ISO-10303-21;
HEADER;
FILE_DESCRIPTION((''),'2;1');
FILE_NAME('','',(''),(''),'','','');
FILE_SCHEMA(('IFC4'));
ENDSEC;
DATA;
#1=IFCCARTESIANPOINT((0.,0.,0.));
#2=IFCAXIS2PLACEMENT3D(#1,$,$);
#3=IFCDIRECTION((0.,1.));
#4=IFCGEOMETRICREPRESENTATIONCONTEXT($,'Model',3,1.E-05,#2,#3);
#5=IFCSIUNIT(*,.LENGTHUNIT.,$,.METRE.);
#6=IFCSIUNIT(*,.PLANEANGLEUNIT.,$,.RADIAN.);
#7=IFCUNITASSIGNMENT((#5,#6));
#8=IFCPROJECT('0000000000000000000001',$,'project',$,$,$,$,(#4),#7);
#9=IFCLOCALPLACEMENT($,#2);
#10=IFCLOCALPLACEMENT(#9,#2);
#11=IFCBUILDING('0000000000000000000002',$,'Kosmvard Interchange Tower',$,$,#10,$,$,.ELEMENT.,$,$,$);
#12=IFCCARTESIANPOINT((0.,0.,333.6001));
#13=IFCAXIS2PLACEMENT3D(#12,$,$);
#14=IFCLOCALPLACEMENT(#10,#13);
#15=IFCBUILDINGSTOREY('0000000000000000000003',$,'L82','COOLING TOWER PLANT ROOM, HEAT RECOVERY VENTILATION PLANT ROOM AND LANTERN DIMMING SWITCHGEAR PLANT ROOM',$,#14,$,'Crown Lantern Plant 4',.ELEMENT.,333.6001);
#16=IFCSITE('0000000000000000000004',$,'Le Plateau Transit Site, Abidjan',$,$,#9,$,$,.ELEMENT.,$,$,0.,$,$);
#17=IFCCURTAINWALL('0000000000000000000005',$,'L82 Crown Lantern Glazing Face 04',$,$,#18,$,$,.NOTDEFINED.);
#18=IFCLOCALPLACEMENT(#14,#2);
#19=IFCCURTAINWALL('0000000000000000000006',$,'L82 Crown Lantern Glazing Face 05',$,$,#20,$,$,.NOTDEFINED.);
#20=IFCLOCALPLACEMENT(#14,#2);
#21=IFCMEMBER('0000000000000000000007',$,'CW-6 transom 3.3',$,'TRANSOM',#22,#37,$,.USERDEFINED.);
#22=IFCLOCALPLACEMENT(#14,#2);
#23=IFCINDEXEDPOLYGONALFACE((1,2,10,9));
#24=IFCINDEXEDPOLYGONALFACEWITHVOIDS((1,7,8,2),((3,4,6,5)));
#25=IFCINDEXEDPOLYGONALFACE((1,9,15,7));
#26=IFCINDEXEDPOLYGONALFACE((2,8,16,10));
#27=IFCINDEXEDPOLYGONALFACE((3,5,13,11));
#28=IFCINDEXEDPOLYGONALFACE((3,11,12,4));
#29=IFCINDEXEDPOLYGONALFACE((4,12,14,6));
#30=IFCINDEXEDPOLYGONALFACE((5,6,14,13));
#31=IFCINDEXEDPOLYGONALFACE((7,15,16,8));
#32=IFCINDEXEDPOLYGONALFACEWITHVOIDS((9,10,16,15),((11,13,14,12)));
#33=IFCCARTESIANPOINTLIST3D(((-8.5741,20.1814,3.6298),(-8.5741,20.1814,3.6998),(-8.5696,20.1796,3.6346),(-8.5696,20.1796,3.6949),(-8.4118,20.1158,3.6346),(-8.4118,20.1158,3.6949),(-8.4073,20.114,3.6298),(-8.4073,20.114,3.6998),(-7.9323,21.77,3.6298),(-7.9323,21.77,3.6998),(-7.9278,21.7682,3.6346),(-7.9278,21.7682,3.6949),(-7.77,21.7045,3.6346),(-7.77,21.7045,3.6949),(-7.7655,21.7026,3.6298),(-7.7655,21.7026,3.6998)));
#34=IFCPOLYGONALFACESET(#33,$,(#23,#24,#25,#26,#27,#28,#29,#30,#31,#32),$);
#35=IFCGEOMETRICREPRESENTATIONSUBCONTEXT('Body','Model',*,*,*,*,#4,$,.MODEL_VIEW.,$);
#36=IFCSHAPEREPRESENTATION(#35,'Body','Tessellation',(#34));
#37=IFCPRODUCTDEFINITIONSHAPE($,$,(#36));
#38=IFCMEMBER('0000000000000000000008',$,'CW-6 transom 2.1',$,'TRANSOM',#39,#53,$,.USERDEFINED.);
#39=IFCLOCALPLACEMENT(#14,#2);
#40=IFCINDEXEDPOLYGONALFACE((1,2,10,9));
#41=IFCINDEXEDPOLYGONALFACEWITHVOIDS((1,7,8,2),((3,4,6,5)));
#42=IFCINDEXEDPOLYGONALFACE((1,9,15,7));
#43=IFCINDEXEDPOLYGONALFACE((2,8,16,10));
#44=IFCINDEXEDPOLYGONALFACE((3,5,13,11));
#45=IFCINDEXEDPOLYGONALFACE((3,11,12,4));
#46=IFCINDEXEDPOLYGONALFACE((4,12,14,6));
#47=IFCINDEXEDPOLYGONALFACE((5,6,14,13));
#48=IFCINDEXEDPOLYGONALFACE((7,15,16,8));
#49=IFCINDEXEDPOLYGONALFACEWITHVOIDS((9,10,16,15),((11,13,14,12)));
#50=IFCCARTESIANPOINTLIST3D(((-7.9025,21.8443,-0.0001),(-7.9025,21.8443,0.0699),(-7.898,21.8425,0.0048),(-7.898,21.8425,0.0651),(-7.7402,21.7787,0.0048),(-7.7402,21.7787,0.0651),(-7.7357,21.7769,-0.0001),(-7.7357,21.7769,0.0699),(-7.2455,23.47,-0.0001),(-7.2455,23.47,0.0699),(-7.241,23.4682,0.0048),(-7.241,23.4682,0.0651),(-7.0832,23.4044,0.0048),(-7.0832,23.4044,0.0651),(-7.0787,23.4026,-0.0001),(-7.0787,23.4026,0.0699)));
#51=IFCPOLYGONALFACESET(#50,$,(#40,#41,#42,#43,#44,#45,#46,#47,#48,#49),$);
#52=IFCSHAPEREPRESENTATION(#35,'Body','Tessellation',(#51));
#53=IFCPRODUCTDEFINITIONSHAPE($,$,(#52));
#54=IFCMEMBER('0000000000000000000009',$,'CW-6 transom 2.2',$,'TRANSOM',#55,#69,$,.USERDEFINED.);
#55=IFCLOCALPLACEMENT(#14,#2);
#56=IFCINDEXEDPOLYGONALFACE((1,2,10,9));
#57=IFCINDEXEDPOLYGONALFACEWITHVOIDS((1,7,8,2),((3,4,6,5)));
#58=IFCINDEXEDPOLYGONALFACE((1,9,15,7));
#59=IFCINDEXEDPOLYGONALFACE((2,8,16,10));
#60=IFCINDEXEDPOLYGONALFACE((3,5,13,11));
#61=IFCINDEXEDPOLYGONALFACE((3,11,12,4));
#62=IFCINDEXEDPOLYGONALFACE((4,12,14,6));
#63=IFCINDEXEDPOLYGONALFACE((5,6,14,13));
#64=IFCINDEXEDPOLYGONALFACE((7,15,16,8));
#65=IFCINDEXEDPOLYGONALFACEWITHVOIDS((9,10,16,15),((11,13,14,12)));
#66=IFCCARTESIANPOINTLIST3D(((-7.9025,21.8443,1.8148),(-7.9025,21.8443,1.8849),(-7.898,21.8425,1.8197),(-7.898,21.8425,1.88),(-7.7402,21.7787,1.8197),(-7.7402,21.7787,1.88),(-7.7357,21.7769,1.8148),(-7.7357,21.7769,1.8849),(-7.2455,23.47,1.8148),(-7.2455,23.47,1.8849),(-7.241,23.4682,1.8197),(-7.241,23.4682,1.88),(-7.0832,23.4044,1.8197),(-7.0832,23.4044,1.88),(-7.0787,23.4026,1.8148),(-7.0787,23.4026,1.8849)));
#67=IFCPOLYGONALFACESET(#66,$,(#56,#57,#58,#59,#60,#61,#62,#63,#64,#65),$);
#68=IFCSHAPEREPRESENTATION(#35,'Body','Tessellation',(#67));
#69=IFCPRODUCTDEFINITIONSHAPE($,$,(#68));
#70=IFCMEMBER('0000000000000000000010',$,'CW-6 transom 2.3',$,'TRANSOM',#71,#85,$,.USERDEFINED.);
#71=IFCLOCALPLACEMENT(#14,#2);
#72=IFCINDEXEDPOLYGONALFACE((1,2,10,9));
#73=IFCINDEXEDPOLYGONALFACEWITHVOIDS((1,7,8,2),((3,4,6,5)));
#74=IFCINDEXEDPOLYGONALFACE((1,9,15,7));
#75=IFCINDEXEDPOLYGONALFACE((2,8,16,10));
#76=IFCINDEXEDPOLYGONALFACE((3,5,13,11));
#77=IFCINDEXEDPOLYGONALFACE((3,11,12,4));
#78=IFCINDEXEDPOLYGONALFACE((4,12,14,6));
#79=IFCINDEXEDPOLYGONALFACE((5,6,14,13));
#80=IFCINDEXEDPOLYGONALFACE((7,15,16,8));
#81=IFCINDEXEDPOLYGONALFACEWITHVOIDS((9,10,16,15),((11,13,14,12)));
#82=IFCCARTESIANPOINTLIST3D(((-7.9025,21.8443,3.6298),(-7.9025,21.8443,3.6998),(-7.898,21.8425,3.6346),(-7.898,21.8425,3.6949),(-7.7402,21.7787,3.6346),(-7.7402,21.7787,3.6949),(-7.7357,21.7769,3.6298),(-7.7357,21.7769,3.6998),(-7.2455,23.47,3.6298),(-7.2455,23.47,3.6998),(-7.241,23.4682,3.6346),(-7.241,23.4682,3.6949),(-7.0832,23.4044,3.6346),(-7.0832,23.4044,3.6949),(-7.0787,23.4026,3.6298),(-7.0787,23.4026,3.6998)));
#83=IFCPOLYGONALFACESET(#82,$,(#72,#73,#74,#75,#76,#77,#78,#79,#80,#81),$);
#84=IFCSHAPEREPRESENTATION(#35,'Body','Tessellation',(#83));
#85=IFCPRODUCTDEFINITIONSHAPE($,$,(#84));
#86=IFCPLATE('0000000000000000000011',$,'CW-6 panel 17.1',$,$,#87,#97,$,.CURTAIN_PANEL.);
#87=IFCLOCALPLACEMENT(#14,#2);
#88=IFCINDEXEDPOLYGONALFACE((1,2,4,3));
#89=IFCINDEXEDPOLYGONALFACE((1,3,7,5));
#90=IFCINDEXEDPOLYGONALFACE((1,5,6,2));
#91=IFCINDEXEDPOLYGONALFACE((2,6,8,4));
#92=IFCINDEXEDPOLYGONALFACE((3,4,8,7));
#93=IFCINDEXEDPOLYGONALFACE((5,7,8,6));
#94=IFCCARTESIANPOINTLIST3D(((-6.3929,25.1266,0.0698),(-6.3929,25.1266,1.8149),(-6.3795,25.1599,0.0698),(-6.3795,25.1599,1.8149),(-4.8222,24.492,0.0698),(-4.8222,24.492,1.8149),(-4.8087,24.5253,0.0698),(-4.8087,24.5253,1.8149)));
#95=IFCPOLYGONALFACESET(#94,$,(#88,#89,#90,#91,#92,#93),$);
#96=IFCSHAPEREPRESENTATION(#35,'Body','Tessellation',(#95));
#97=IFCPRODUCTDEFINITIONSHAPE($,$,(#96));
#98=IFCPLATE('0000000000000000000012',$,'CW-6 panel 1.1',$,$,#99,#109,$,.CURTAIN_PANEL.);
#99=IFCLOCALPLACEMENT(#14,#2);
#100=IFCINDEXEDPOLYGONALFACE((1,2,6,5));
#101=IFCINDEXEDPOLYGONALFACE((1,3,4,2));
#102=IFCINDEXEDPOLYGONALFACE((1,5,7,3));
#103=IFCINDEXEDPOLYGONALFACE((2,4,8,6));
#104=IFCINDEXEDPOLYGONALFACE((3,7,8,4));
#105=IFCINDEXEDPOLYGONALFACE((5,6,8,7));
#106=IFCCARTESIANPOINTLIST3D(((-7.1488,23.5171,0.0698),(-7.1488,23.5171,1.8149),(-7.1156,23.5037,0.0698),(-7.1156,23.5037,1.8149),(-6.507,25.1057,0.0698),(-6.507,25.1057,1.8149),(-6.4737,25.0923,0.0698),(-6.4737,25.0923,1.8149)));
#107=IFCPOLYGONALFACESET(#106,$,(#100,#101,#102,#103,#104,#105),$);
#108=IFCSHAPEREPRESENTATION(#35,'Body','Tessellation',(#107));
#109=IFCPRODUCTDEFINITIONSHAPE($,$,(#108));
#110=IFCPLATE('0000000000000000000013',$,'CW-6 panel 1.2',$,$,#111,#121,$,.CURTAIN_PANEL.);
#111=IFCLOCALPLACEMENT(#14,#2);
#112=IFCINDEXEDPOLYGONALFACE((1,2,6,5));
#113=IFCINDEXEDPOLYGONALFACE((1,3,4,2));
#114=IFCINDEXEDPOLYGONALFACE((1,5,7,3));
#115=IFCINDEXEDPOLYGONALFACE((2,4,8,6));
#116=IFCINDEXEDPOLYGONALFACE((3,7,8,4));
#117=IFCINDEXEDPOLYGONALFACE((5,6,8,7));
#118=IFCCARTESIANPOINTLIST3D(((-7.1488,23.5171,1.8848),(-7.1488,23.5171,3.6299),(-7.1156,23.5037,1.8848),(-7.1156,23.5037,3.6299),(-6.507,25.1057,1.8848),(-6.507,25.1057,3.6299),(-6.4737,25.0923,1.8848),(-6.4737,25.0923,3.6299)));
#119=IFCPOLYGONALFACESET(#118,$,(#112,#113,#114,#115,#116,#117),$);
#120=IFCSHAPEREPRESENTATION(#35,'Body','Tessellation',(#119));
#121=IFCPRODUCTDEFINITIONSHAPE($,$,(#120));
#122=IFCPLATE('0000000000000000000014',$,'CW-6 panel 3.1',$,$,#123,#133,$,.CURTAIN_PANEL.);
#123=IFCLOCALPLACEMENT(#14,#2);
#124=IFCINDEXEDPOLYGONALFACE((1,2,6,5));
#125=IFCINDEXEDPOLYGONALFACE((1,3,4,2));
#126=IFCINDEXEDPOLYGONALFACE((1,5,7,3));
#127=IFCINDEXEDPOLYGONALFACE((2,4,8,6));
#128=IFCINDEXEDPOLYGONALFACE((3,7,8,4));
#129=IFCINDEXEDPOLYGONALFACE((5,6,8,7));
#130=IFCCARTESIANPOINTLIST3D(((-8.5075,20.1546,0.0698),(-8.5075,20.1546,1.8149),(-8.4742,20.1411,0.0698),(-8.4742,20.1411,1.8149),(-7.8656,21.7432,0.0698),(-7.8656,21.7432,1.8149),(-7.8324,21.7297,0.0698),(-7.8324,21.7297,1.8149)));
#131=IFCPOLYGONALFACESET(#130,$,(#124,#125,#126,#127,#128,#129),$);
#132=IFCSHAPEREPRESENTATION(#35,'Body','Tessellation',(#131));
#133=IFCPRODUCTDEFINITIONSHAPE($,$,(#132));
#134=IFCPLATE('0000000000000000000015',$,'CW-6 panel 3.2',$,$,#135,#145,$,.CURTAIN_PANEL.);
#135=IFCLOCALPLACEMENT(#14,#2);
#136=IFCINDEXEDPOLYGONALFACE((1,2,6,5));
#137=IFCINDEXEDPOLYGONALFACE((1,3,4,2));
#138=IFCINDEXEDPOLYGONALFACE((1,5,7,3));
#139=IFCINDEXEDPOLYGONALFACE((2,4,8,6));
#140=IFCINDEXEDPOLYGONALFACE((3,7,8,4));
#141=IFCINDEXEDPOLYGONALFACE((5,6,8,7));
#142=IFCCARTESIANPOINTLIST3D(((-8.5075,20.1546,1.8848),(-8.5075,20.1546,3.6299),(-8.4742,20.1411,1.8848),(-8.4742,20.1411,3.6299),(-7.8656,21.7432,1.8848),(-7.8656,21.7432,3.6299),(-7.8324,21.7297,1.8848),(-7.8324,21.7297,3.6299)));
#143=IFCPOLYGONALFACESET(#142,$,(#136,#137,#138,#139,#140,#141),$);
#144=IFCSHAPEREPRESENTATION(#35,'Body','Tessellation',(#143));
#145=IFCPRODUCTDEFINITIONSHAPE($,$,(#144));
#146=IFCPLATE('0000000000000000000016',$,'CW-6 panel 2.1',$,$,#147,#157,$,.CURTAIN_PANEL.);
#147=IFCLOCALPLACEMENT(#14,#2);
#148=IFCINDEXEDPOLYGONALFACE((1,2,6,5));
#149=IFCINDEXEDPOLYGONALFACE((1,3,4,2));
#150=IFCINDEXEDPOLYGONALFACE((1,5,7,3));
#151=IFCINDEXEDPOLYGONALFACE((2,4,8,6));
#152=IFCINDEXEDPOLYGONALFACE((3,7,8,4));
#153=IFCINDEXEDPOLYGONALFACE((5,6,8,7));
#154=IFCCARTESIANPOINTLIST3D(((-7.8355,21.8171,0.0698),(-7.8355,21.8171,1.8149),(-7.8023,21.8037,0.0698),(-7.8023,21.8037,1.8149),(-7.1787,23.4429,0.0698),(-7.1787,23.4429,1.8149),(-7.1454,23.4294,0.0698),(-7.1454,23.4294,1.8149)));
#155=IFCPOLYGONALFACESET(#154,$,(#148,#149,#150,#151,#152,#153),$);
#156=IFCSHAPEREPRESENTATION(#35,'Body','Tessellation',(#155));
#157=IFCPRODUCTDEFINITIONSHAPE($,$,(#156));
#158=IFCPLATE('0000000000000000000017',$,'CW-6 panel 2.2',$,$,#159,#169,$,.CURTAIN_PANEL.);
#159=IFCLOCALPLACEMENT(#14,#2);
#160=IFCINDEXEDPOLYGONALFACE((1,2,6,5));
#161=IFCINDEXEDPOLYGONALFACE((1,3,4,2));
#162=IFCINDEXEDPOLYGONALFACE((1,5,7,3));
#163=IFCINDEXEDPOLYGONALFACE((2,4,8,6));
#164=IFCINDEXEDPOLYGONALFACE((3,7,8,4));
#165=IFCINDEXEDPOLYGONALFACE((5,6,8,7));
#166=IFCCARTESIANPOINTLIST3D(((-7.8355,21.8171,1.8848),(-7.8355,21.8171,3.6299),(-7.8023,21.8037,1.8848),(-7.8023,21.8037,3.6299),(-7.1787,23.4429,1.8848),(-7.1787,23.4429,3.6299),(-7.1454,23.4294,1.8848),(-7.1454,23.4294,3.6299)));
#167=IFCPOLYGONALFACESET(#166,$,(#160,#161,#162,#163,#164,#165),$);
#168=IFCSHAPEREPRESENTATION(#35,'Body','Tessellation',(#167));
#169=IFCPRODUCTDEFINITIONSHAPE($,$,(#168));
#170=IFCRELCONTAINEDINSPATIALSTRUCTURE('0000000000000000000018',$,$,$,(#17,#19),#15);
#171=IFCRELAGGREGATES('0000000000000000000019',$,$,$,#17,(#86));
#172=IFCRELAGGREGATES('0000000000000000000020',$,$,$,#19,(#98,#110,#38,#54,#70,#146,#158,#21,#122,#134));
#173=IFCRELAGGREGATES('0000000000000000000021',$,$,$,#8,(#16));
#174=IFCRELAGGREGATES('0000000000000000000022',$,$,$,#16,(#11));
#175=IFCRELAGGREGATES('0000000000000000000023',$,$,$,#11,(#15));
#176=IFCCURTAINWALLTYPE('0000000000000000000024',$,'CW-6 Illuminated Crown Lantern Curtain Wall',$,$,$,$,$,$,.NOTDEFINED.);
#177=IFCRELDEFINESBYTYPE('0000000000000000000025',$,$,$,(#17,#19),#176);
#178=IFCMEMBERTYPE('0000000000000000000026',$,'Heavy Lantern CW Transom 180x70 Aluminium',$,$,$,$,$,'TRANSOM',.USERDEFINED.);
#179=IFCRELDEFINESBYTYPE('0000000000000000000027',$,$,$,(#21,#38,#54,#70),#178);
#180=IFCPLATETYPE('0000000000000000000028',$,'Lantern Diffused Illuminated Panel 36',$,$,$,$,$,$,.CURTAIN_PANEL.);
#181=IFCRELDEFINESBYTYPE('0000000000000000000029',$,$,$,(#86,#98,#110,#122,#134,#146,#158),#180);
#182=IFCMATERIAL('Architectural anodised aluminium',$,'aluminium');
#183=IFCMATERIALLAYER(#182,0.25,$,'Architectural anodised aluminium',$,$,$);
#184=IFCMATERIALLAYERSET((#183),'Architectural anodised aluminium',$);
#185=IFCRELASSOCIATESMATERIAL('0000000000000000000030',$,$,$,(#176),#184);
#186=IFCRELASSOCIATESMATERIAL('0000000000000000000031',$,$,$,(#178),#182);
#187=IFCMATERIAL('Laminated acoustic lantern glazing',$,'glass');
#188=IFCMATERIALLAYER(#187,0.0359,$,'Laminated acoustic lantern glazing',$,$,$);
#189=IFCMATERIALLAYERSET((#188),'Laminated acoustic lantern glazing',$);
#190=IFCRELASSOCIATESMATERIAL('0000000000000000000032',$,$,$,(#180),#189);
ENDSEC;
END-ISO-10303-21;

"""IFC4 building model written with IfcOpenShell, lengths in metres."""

from ifc_helpers import new_model, si_unit, direction, frame, origin, origin_2d, place, context, subcontext, project, spatial, rectangle, hollow_rectangle, extrude, source, transform, mapped, material, layer, layer_set, material_profile, profile_set, type_object, element, aggregate, save


model = new_model("IFC4")

# Units and contexts
model_context = context("Model", 3, precision=1e-05, world=origin(), true_north=direction((0.0, 1.0)))
body_context = subcontext(model_context, "Body", "Model", "MODEL_VIEW")
ifc_project = project(units=[si_unit("LENGTHUNIT", "METRE"), si_unit("PLANEANGLEUNIT", "RADIAN")], contexts=[model_context])

# Site, building, storey
site_placement = place(None, origin())
site = spatial("IfcSite", under=ifc_project, at=site_placement, Name="Le Plateau Transit Site, Abidjan", CompositionType="ELEMENT", RefElevation=0.0)
building_placement = place(site_placement, origin())
building = spatial("IfcBuilding", under=site, at=building_placement, Name="Kosmvard Interchange Tower", CompositionType="ELEMENT")
storey_placement = place(building_placement, frame((0.0, 0.0, 333.6001)))
storey = spatial("IfcBuildingStorey", under=building, at=storey_placement, Name="L82", Description="COOLING TOWER PLANT ROOM, HEAT RECOVERY VENTILATION PLANT ROOM AND LANTERN DIMMING SWITCHGEAR PLANT ROOM", LongName="Crown Lantern Plant 4", CompositionType="ELEMENT", Elevation=333.6001)

# Curtain wall
ifc_material_1 = material(Name="Architectural anodised aluminium", Category="aluminium")
ifc_layer_1 = layer(ifc_material_1, 0.25, Name="Architectural anodised aluminium")
ifc_layer_set_1 = layer_set([ifc_layer_1], Name="Architectural anodised aluminium")
curtain_wall_type = type_object("IfcCurtainWallType", Name="CW-6 Illuminated Crown Lantern Curtain Wall", PredefinedType="NOTDEFINED", material=ifc_layer_set_1)
curtain_wall_1_placement = place(storey_placement, origin())
curtain_wall_1 = element("IfcCurtainWall", 1, at=curtain_wall_1_placement, inside=storey, type_object=curtain_wall_type, Name="L82 Crown Lantern Glazing Face 04", PredefinedType="NOTDEFINED")

# Curtain wall
curtain_wall_2_placement = place(storey_placement, origin())
curtain_wall_2 = element("IfcCurtainWall", 2, at=curtain_wall_2_placement, inside=storey, type_object=curtain_wall_type, Name="L82 Crown Lantern Glazing Face 05", PredefinedType="NOTDEFINED")

# Members
ifc_material_profile_1 = material_profile(ifc_material_1, hollow_rectangle(XDim=0.1799, YDim=0.0701, WallThickness=0.0049, at=origin_2d()), Name="CWT 180x70x5")
ifc_profile_set_1 = profile_set([ifc_material_profile_1], Name="Architectural anodised aluminium")
member_type_1 = type_object("IfcMemberType", Name="Heavy Lantern CW Transom 180x70 Aluminium", ElementType="TRANSOM", PredefinedType="USERDEFINED", material=ifc_profile_set_1)
shared_shape_1 = source(origin(), body_context, "Body", "SweptSolid", [
    extrude(hollow_rectangle(XDim=0.1799, YDim=0.0701, WallThickness=0.0049, at=origin_2d()), origin(), (0.0, 0.0, 1.0), 1.7134),
])
member_1_placement = place(storey_placement, frame((-7.8489, 21.7363, 3.6648), z_axis=(-0.374607, -0.927184, 0.0), x_axis=(0.927184, -0.374607, 0.0)))
member_1 = element("IfcMember", 3, at=member_1_placement, type_object=member_type_1, Name="CW-6 transom 3.3", ObjectType="TRANSOM", PredefinedType="USERDEFINED", context=body_context, shape_type="MappedRepresentation", body=[
    mapped(shared_shape_1, transform((0.0, 0.0, 0.0), scale=1.0)),
])
shared_shape_2 = source(origin(), body_context, "Body", "SweptSolid", [
    extrude(hollow_rectangle(XDim=0.1799, YDim=0.0701, WallThickness=0.0049, at=origin_2d()), origin(), (0.0, 0.0, 1.0), 1.7534),
])
member_2_placement = place(storey_placement, frame((-7.1621, 23.4363, 0.0349), z_axis=(-0.374677, -0.927155, 0.0), x_axis=(0.927155, -0.374677, 0.0)))
member_2 = element("IfcMember", 4, at=member_2_placement, type_object=member_type_1, Name="CW-6 transom 2.1", ObjectType="TRANSOM", PredefinedType="USERDEFINED", context=body_context, shape_type="MappedRepresentation", body=[
    mapped(shared_shape_2, transform((0.0, 0.0, 0.0), scale=1.0)),
])
member_3_placement = place(storey_placement, frame((-7.1621, 23.4363, 1.8499), z_axis=(-0.374677, -0.927155, 0.0), x_axis=(0.927155, -0.374677, 0.0)))
member_3 = element("IfcMember", 5, at=member_3_placement, type_object=member_type_1, Name="CW-6 transom 2.2", ObjectType="TRANSOM", PredefinedType="USERDEFINED", context=body_context, shape_type="MappedRepresentation", body=[
    mapped(shared_shape_2, transform((0.0, 0.0, 0.0), scale=1.0)),
])
member_4_placement = place(storey_placement, frame((-7.1621, 23.4363, 3.6648), z_axis=(-0.374677, -0.927155, 0.0), x_axis=(0.927155, -0.374677, 0.0)))
member_4 = element("IfcMember", 6, at=member_4_placement, type_object=member_type_1, Name="CW-6 transom 2.3", ObjectType="TRANSOM", PredefinedType="USERDEFINED", context=body_context, shape_type="MappedRepresentation", body=[
    mapped(shared_shape_2, transform((0.0, 0.0, 0.0), scale=1.0)),
])

# Plates
ifc_material_2 = material(Name="Laminated acoustic lantern glazing", Category="glass")
ifc_layer_2 = layer(ifc_material_2, 0.0359, Name="Laminated acoustic lantern glazing")
ifc_layer_set_2 = layer_set([ifc_layer_2], Name="Laminated acoustic lantern glazing")
plate_type = type_object("IfcPlateType", Name="Lantern Diffused Illuminated Panel 36", PredefinedType="CURTAIN_PANEL", material=ifc_layer_set_2)
shared_shape_3 = source(origin(), body_context, "Body", "SweptSolid", [
    extrude(rectangle(XDim=1.6941, YDim=0.0359, at=origin_2d()), origin(), (0.0, 0.0, 1.0), 1.7451),
])
plate_1_placement = place(storey_placement, frame((-5.6008, 24.8259, 0.0698), z_axis=(0.0, 0.0, 1.0), x_axis=(-0.927184, 0.374607, 0.0)))
plate_1 = element("IfcPlate", 7, at=plate_1_placement, type_object=plate_type, Name="CW-6 panel 17.1", PredefinedType="CURTAIN_PANEL", context=body_context, shape_type="MappedRepresentation", body=[
    mapped(shared_shape_3, transform((0.0, 0.0, 0.0), scale=1.0)),
])
aggregate(curtain_wall_1, [plate_1])
shared_shape_4 = source(origin(), body_context, "Body", "SweptSolid", [
    extrude(rectangle(XDim=1.7134, YDim=0.0359, at=origin_2d()), origin(), (0.0, 0.0, 1.0), 1.7451),
])
plate_2_placement = place(storey_placement, frame((-6.8113, 24.3047, 0.0698), z_axis=(0.0, 0.0, 1.0), x_axis=(-0.374607, -0.927184, 0.0)))
plate_2 = element("IfcPlate", 8, at=plate_2_placement, type_object=plate_type, Name="CW-6 panel 1.1", PredefinedType="CURTAIN_PANEL", context=body_context, shape_type="MappedRepresentation", body=[
    mapped(shared_shape_4, transform((0.0, 0.0, 0.0), scale=1.0)),
])
plate_3_placement = place(storey_placement, frame((-6.8113, 24.3047, 1.8848), z_axis=(0.0, 0.0, 1.0), x_axis=(-0.374607, -0.927184, 0.0)))
plate_3 = element("IfcPlate", 9, at=plate_3_placement, type_object=plate_type, Name="CW-6 panel 1.2", PredefinedType="CURTAIN_PANEL", context=body_context, shape_type="MappedRepresentation", body=[
    mapped(shared_shape_4, transform((0.0, 0.0, 0.0), scale=1.0)),
])
plate_4_placement = place(storey_placement, frame((-8.1699, 20.9421, 0.0698), z_axis=(0.0, 0.0, 1.0), x_axis=(-0.374607, -0.927184, 0.0)))
plate_4 = element("IfcPlate", 10, at=plate_4_placement, type_object=plate_type, Name="CW-6 panel 3.1", PredefinedType="CURTAIN_PANEL", context=body_context, shape_type="MappedRepresentation", body=[
    mapped(shared_shape_4, transform((0.0, 0.0, 0.0), scale=1.0)),
])
plate_5_placement = place(storey_placement, frame((-8.1699, 20.9421, 1.8848), z_axis=(0.0, 0.0, 1.0), x_axis=(-0.374607, -0.927184, 0.0)))
plate_5 = element("IfcPlate", 11, at=plate_5_placement, type_object=plate_type, Name="CW-6 panel 3.2", PredefinedType="CURTAIN_PANEL", context=body_context, shape_type="MappedRepresentation", body=[
    mapped(shared_shape_4, transform((0.0, 0.0, 0.0), scale=1.0)),
])
shared_shape_5 = source(origin(), body_context, "Body", "SweptSolid", [
    extrude(rectangle(XDim=1.7534, YDim=0.0359, at=origin_2d()), origin(), (0.0, 0.0, 1.0), 1.7451),
])
plate_6_placement = place(storey_placement, frame((-7.4905, 22.6233, 0.0698), z_axis=(0.0, 0.0, 1.0), x_axis=(-0.374607, -0.927184, 0.0)))
plate_6 = element("IfcPlate", 12, at=plate_6_placement, type_object=plate_type, Name="CW-6 panel 2.1", PredefinedType="CURTAIN_PANEL", context=body_context, shape_type="MappedRepresentation", body=[
    mapped(shared_shape_5, transform((0.0, 0.0, 0.0), scale=1.0)),
])
plate_7_placement = place(storey_placement, frame((-7.4905, 22.6233, 1.8848), z_axis=(0.0, 0.0, 1.0), x_axis=(-0.374607, -0.927184, 0.0)))
plate_7 = element("IfcPlate", 13, at=plate_7_placement, type_object=plate_type, Name="CW-6 panel 2.2", PredefinedType="CURTAIN_PANEL", context=body_context, shape_type="MappedRepresentation", body=[
    mapped(shared_shape_5, transform((0.0, 0.0, 0.0), scale=1.0)),
])
aggregate(curtain_wall_2, [plate_2, plate_3, member_2, member_3, member_4, plate_6, plate_7, member_1, plate_4, plate_5])

save(model, "model.ifc")
